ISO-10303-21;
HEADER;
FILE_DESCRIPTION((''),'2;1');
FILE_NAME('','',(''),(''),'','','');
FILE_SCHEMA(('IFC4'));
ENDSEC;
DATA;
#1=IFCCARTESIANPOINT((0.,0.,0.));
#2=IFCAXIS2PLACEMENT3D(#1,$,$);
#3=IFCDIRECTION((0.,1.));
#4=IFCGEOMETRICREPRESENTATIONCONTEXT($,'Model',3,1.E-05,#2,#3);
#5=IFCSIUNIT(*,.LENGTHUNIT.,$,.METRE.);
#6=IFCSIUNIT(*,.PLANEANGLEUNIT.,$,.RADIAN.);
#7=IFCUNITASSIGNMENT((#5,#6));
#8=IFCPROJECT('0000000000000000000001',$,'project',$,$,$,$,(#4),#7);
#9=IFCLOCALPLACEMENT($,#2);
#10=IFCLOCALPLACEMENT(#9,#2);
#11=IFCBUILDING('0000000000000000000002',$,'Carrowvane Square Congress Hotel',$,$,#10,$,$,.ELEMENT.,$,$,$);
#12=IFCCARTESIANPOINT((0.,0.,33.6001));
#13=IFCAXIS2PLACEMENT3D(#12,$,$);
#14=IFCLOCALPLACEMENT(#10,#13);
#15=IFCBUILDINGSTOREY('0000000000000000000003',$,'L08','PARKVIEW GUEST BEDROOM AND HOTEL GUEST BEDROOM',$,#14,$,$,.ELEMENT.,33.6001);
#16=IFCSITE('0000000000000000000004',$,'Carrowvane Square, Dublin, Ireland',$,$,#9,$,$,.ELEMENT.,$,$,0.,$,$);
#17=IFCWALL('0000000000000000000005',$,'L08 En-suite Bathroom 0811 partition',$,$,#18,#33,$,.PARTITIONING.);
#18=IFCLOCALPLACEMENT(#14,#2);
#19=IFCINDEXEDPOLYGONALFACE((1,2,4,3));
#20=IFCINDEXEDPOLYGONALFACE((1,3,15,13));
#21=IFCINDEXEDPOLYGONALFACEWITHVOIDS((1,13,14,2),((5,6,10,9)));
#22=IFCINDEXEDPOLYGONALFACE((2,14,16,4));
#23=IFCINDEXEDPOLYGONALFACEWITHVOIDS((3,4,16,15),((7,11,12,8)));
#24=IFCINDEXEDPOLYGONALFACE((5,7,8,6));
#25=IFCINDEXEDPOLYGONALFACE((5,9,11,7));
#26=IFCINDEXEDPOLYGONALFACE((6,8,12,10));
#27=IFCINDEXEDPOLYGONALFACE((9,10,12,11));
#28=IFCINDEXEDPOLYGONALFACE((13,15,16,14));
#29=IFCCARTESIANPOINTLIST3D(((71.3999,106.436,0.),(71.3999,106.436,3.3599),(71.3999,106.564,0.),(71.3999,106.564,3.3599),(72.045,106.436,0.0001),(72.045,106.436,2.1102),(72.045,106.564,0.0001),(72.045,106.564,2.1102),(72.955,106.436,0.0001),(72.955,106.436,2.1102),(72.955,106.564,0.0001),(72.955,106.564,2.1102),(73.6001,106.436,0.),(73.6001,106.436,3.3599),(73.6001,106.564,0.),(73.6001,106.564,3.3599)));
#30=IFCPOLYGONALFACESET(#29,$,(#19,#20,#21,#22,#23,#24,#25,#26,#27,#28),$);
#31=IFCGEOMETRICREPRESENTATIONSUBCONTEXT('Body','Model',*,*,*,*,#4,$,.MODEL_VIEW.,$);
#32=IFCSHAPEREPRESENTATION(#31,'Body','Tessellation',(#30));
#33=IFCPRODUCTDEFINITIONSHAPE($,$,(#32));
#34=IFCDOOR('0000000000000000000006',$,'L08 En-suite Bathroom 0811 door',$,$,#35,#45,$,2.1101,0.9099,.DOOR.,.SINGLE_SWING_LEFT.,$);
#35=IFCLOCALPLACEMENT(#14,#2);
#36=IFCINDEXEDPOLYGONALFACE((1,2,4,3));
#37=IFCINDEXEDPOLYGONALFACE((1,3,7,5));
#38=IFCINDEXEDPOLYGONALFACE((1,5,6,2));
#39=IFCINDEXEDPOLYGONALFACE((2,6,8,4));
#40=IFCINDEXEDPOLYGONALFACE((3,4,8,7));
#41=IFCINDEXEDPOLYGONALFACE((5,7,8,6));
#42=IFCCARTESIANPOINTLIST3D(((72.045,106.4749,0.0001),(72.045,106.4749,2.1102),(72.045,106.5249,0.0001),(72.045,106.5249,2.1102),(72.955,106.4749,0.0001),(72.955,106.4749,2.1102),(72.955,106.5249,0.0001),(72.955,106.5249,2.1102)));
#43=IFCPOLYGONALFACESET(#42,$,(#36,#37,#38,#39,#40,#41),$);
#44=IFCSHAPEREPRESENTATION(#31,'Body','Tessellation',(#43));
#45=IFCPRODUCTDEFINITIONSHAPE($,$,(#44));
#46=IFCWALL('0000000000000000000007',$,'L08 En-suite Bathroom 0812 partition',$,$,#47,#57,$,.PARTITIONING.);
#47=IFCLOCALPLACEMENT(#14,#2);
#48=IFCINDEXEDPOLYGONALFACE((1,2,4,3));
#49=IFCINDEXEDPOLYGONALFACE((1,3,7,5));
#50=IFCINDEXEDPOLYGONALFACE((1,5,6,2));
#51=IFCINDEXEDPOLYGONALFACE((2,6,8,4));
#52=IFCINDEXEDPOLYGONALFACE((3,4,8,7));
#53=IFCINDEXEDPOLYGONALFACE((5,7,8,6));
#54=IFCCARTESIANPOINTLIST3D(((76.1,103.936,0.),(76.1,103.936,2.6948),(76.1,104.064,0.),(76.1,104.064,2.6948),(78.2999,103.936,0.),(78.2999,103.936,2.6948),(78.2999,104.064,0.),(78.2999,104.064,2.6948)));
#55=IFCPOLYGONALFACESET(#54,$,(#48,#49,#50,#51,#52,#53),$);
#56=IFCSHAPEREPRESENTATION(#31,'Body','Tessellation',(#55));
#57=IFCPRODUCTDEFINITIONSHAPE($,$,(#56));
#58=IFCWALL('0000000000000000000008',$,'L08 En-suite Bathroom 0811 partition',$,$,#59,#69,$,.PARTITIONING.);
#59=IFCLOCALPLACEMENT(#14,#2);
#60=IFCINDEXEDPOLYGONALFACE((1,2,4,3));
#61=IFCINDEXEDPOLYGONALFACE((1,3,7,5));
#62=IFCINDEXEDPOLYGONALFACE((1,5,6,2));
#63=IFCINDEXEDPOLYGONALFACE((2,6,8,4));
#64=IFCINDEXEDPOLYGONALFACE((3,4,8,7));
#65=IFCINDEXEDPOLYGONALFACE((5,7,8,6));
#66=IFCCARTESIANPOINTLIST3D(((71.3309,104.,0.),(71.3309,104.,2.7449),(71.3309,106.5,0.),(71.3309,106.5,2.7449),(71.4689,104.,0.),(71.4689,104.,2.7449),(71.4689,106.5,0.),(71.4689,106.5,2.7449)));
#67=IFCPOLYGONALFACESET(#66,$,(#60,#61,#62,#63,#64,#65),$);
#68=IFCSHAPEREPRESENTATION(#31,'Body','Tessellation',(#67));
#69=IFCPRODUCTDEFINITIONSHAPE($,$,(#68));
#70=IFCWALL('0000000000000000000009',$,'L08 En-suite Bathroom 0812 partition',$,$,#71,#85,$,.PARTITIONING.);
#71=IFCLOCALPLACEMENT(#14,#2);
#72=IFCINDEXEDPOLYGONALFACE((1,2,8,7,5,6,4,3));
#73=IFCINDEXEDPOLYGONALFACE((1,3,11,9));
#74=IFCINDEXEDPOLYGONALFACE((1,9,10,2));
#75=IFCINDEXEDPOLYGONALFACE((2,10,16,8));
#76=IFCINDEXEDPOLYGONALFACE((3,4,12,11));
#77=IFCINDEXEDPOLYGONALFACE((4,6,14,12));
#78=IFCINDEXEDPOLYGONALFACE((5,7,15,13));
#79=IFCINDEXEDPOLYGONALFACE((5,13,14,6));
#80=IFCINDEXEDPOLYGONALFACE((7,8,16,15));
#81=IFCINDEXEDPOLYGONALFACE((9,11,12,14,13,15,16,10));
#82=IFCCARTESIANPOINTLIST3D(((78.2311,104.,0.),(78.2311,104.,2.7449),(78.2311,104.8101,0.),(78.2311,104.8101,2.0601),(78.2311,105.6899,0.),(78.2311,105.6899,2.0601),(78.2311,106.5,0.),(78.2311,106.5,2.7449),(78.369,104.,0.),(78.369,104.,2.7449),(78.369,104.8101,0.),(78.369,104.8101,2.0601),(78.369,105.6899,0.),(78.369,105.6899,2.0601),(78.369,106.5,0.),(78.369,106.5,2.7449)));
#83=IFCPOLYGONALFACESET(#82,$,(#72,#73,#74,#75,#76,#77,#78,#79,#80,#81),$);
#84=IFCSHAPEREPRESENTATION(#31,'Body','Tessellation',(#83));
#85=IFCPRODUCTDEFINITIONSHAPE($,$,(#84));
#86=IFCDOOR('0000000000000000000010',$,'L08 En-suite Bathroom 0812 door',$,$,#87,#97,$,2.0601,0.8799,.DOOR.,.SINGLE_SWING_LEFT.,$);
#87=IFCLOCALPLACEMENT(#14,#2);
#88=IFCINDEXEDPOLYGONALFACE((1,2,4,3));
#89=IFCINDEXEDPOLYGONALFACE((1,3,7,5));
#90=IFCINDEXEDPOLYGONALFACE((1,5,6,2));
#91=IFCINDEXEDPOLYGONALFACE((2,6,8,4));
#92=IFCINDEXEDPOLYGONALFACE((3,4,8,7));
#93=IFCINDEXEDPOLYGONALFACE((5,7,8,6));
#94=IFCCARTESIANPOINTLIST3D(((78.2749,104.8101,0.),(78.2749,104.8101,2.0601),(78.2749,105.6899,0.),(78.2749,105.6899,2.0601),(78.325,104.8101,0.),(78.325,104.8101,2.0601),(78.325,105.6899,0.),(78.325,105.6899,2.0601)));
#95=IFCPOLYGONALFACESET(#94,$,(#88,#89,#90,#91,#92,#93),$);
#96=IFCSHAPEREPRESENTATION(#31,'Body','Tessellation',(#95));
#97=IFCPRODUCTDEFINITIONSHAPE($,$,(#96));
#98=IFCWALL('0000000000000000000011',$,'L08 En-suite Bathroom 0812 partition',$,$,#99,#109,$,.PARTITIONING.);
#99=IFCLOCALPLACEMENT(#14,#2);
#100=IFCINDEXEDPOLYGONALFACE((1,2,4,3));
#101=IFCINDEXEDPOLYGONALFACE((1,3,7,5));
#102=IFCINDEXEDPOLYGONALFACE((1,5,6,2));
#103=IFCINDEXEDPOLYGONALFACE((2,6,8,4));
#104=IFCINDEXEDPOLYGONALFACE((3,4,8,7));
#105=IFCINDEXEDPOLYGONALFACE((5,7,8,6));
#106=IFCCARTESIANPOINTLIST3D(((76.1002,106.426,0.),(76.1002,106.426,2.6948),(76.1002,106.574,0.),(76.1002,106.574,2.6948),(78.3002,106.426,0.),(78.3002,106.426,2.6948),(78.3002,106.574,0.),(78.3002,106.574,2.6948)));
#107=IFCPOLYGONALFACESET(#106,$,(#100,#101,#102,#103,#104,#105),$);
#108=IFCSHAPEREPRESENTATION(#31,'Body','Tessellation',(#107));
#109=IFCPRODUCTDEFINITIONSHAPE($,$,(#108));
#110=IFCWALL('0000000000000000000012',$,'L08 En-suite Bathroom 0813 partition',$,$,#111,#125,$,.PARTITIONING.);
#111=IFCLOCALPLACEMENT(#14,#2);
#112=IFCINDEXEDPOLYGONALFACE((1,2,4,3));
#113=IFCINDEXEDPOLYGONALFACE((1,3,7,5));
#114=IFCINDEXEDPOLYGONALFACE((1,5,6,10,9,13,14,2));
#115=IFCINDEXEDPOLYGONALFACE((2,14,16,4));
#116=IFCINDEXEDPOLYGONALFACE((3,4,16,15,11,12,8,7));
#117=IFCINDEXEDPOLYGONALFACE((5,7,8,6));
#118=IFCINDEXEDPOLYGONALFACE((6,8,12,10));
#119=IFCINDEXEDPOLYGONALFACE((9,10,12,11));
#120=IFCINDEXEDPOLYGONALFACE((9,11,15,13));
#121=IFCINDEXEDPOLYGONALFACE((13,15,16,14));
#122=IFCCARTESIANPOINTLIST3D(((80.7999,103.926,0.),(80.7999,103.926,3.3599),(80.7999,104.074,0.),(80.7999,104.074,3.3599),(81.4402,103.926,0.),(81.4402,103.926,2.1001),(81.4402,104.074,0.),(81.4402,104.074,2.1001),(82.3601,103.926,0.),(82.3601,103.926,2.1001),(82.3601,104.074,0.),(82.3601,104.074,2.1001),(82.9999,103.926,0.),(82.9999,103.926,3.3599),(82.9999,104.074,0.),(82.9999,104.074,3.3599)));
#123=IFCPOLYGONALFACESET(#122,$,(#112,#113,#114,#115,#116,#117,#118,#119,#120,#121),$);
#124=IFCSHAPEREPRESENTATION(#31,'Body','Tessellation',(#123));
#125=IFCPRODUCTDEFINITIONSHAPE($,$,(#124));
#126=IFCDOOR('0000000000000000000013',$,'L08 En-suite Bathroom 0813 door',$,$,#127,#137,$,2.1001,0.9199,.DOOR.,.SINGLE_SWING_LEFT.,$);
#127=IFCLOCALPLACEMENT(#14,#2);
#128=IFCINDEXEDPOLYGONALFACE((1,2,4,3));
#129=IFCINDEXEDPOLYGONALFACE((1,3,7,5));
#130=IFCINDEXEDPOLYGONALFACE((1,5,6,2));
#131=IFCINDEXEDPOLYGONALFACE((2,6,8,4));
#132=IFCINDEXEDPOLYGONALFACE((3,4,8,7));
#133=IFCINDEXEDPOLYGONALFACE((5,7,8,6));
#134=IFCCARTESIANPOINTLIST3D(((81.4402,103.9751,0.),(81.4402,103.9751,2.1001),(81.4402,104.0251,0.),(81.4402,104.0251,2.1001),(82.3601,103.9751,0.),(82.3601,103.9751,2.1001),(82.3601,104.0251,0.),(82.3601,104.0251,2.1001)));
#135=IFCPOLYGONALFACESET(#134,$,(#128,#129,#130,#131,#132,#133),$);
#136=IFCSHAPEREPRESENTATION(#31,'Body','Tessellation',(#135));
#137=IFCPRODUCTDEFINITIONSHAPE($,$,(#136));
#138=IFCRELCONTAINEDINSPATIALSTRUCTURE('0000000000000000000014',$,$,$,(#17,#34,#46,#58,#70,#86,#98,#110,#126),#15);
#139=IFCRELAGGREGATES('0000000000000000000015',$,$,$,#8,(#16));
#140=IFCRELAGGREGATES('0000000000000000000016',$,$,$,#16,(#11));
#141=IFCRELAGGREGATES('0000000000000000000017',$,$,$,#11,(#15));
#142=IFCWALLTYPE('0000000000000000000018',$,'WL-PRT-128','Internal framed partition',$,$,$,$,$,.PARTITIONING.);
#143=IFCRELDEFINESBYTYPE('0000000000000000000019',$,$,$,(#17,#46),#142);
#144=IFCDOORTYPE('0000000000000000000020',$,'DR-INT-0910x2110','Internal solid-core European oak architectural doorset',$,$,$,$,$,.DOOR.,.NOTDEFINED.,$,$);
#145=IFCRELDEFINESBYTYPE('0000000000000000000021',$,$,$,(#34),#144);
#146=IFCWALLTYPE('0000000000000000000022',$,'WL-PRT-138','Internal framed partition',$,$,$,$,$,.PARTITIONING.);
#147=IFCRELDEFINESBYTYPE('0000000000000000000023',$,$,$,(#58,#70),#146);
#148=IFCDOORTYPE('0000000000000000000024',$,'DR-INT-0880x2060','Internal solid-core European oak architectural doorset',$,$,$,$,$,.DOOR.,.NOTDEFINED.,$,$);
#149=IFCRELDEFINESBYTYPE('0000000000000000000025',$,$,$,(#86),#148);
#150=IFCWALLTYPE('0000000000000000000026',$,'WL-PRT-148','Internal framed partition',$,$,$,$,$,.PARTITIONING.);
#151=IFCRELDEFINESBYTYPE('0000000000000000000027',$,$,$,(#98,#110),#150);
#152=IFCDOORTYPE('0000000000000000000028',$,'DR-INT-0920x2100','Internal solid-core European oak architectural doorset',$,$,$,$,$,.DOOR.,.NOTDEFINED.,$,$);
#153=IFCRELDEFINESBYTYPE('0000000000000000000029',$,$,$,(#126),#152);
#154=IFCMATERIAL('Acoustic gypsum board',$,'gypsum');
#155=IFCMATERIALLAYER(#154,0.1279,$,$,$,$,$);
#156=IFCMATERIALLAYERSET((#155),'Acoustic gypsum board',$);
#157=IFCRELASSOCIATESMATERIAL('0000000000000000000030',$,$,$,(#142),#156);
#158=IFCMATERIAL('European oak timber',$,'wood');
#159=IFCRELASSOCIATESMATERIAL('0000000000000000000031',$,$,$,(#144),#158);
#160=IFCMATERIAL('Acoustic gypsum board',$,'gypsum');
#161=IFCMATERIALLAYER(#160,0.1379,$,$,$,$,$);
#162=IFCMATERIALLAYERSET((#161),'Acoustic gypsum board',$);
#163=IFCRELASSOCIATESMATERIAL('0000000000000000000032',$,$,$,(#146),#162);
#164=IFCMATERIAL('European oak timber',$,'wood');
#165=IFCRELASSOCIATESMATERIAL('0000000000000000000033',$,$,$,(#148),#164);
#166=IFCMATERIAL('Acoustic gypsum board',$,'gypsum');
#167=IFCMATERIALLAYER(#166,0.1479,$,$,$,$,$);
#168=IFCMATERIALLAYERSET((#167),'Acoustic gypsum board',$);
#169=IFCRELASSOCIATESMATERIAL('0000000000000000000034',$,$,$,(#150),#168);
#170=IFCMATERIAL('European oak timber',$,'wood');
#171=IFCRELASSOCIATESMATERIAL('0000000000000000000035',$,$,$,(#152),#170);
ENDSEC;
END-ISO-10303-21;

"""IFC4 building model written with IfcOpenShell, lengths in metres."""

from ifc_helpers import new_model, si_unit, direction, frame, frame_2d, origin, place, context, subcontext, project, spatial, rectangle, extrude, material, layer, layer_set, type_object, element, fill, save


model = new_model("IFC4")

# Units and contexts
model_context = context("Model", 3, precision=1e-05, world=origin(), true_north=direction((0.0, 1.0)))
body_context = subcontext(model_context, "Body", "Model", "MODEL_VIEW")
ifc_project = project(units=[si_unit("LENGTHUNIT", "METRE"), si_unit("PLANEANGLEUNIT", "RADIAN")], contexts=[model_context])

# Site, building, storey
site_placement = place(None, origin())
site = spatial("IfcSite", under=ifc_project, at=site_placement, Name="Carrowvane Square, Dublin, Ireland", CompositionType="ELEMENT", RefElevation=0.0)
building_placement = place(site_placement, origin())
building = spatial("IfcBuilding", under=site, at=building_placement, Name="Carrowvane Square Congress Hotel", CompositionType="ELEMENT")
storey_placement = place(building_placement, frame((0.0, 0.0, 33.6001)))
storey = spatial("IfcBuildingStorey", under=building, at=storey_placement, Name="L08", Description="PARKVIEW GUEST BEDROOM AND HOTEL GUEST BEDROOM", CompositionType="ELEMENT", Elevation=33.6001)

# Wall, opening, door
ifc_material_1 = material(Name="Acoustic gypsum board", Category="gypsum")
ifc_layer_1 = layer(ifc_material_1, 0.1279)
ifc_layer_set_1 = layer_set([ifc_layer_1], Name="Acoustic gypsum board")
wall_type_1 = type_object("IfcWallType", Name="WL-PRT-128", Description="Internal framed partition", PredefinedType="PARTITIONING", material=ifc_layer_set_1)
wall_1_placement = place(storey_placement, frame((71.3999, 106.5, 0.0), z_axis=(0.0, 0.0, 1.0), x_axis=(1.0, 0.0, 0.0)))
wall_1 = element("IfcWall", 1, at=wall_1_placement, inside=storey, type_object=wall_type_1, Name="L08 En-suite Bathroom 0811 partition", PredefinedType="PARTITIONING", context=body_context, shape_type="SweptSolid", body=[
    extrude(rectangle(XDim=2.2002, YDim=0.1279, at=frame_2d((1.1001, 0.0))), origin(), (0.0, 0.0, 1.0), 3.3599),
])
opening_1_placement = place(wall_1_placement, frame((0.645, 0.0, 0.0)))
opening_1 = element("IfcOpeningElement", 2, at=opening_1_placement, cuts=wall_1, PredefinedType="OPENING", context=body_context, shape_type="SweptSolid", body=[
    extrude(rectangle(XDim=0.9099, YDim=2.1101, at=frame_2d((0.4551, 1.0552))), frame((0.0, 0.074, 0.0), z_axis=(0.0, -1.0, 0.0), x_axis=(1.0, 0.0, 0.0)), (0.0, 0.0, 1.0), 0.1479),
])
ifc_material_2 = material(Name="European oak timber", Category="wood")
door_type_1 = type_object("IfcDoorType", Name="DR-INT-0910x2110", Description="Internal solid-core European oak architectural doorset", OperationType="NOTDEFINED", PredefinedType="DOOR", material=ifc_material_2)
door_1_placement = place(opening_1_placement, origin())
door_1 = element("IfcDoor", 3, at=door_1_placement, inside=storey, type_object=door_type_1, Name="L08 En-suite Bathroom 0811 door", OperationType="SINGLE_SWING_LEFT", OverallHeight=2.1101, OverallWidth=0.9099, PredefinedType="DOOR", context=body_context, shape_type="SweptSolid", body=[
    extrude(rectangle(XDim=0.9099, YDim=2.1101, at=frame_2d((0.4551, 1.0552))), frame((0.0, 0.0249, 0.0), z_axis=(0.0, -1.0, 0.0), x_axis=(1.0, 0.0, 0.0)), (0.0, 0.0, 1.0), 0.05),
])
fill(opening_1, door_1)

# Walls
wall_2_placement = place(storey_placement, frame((78.3, 104.0, 0.0), z_axis=(0.0, 0.0, 1.0), x_axis=(-1.0, 0.0, 0.0)))
element("IfcWall", 4, at=wall_2_placement, inside=storey, type_object=wall_type_1, Name="L08 En-suite Bathroom 0812 partition", PredefinedType="PARTITIONING", context=body_context, shape_type="SweptSolid", body=[
    extrude(rectangle(XDim=2.2, YDim=0.1279, at=frame_2d((1.1001, 0.0))), origin(), (0.0, 0.0, 1.0), 2.6948),
])
ifc_material_3 = material(Name="Acoustic gypsum board", Category="gypsum")
ifc_layer_2 = layer(ifc_material_3, 0.1379)
ifc_layer_set_2 = layer_set([ifc_layer_2], Name="Acoustic gypsum board")
wall_type_2 = type_object("IfcWallType", Name="WL-PRT-138", Description="Internal framed partition", PredefinedType="PARTITIONING", material=ifc_layer_set_2)
wall_3_placement = place(storey_placement, frame((71.3999, 104.0, 0.0), z_axis=(0.0, 0.0, 1.0), x_axis=(0.0, 1.0, 0.0)))
element("IfcWall", 5, at=wall_3_placement, inside=storey, type_object=wall_type_2, Name="L08 En-suite Bathroom 0811 partition", PredefinedType="PARTITIONING", context=body_context, shape_type="SweptSolid", body=[
    extrude(rectangle(XDim=2.5, YDim=0.1379, at=frame_2d((1.25, 0.0))), origin(), (0.0, 0.0, 1.0), 2.7449),
])

# Wall, opening, door
wall_4_placement = place(storey_placement, frame((78.3, 106.5, 0.0), z_axis=(0.0, 0.0, 1.0), x_axis=(0.0, -1.0, 0.0)))
wall_4 = element("IfcWall", 6, at=wall_4_placement, inside=storey, type_object=wall_type_2, Name="L08 En-suite Bathroom 0812 partition", PredefinedType="PARTITIONING", context=body_context, shape_type="SweptSolid", body=[
    extrude(rectangle(XDim=2.5, YDim=0.1379, at=frame_2d((1.25, 0.0))), origin(), (0.0, 0.0, 1.0), 2.7449),
])
opening_2_placement = place(wall_4_placement, frame((0.8101, 0.0, 0.0)))
opening_2 = element("IfcOpeningElement", 7, at=opening_2_placement, cuts=wall_4, PredefinedType="OPENING", context=body_context, shape_type="SweptSolid", body=[
    extrude(rectangle(XDim=0.8799, YDim=2.0601, at=frame_2d((0.4399, 1.03))), frame((0.0, 0.0789, 0.0), z_axis=(0.0, -1.0, 0.0), x_axis=(1.0, 0.0, 0.0)), (0.0, 0.0, 1.0), 0.158),
])
ifc_material_4 = material(Name="European oak timber", Category="wood")
door_type_2 = type_object("IfcDoorType", Name="DR-INT-0880x2060", Description="Internal solid-core European oak architectural doorset", OperationType="NOTDEFINED", PredefinedType="DOOR", material=ifc_material_4)
door_2_placement = place(opening_2_placement, origin())
door_2 = element("IfcDoor", 8, at=door_2_placement, inside=storey, type_object=door_type_2, Name="L08 En-suite Bathroom 0812 door", OperationType="SINGLE_SWING_LEFT", OverallHeight=2.0601, OverallWidth=0.8799, PredefinedType="DOOR", context=body_context, shape_type="SweptSolid", body=[
    extrude(rectangle(XDim=0.8799, YDim=2.0601, at=frame_2d((0.4399, 1.03))), frame((0.0, 0.0249, 0.0), z_axis=(0.0, -1.0, 0.0), x_axis=(1.0, 0.0, 0.0)), (0.0, 0.0, 1.0), 0.05),
])
fill(opening_2, door_2)

# Wall
ifc_material_5 = material(Name="Acoustic gypsum board", Category="gypsum")
ifc_layer_3 = layer(ifc_material_5, 0.1479)
ifc_layer_set_3 = layer_set([ifc_layer_3], Name="Acoustic gypsum board")
wall_type_3 = type_object("IfcWallType", Name="WL-PRT-148", Description="Internal framed partition", PredefinedType="PARTITIONING", material=ifc_layer_set_3)
wall_5_placement = place(storey_placement, frame((76.1001, 106.5, 0.0), z_axis=(0.0, 0.0, 1.0), x_axis=(1.0, 0.0, 0.0)))
element("IfcWall", 9, at=wall_5_placement, inside=storey, type_object=wall_type_3, Name="L08 En-suite Bathroom 0812 partition", PredefinedType="PARTITIONING", context=body_context, shape_type="SweptSolid", body=[
    extrude(rectangle(XDim=2.2, YDim=0.1479, at=frame_2d((1.1001, 0.0))), origin(), (0.0, 0.0, 1.0), 2.6948),
])

# Wall, opening, door
wall_6_placement = place(storey_placement, frame((83.0, 104.0, 0.0), z_axis=(0.0, 0.0, 1.0), x_axis=(-1.0, 0.0, 0.0)))
wall_6 = element("IfcWall", 10, at=wall_6_placement, inside=storey, type_object=wall_type_3, Name="L08 En-suite Bathroom 0813 partition", PredefinedType="PARTITIONING", context=body_context, shape_type="SweptSolid", body=[
    extrude(rectangle(XDim=2.2, YDim=0.1479, at=frame_2d((1.1001, 0.0))), origin(), (0.0, 0.0, 1.0), 3.3599),
])
opening_3_placement = place(wall_6_placement, frame((0.6399, 0.0, 0.0)))
opening_3 = element("IfcOpeningElement", 11, at=opening_3_placement, cuts=wall_6, PredefinedType="OPENING", context=body_context, shape_type="SweptSolid", body=[
    extrude(rectangle(XDim=0.9199, YDim=2.1001, at=frame_2d((0.46, 1.05))), frame((0.0, 0.084, 0.0), z_axis=(0.0, -1.0, 0.0), x_axis=(1.0, 0.0, 0.0)), (0.0, 0.0, 1.0), 0.168),
])
ifc_material_6 = material(Name="European oak timber", Category="wood")
door_type_3 = type_object("IfcDoorType", Name="DR-INT-0920x2100", Description="Internal solid-core European oak architectural doorset", OperationType="NOTDEFINED", PredefinedType="DOOR", material=ifc_material_6)
door_3_placement = place(opening_3_placement, origin())
door_3 = element("IfcDoor", 12, at=door_3_placement, inside=storey, type_object=door_type_3, Name="L08 En-suite Bathroom 0813 door", OperationType="SINGLE_SWING_LEFT", OverallHeight=2.1001, OverallWidth=0.9199, PredefinedType="DOOR", context=body_context, shape_type="SweptSolid", body=[
    extrude(rectangle(XDim=0.9199, YDim=2.1001, at=frame_2d((0.46, 1.05))), frame((0.0, 0.0249, 0.0), z_axis=(0.0, -1.0, 0.0), x_axis=(1.0, 0.0, 0.0)), (0.0, 0.0, 1.0), 0.05),
])
fill(opening_3, door_3)

save(model, "model.ifc")
